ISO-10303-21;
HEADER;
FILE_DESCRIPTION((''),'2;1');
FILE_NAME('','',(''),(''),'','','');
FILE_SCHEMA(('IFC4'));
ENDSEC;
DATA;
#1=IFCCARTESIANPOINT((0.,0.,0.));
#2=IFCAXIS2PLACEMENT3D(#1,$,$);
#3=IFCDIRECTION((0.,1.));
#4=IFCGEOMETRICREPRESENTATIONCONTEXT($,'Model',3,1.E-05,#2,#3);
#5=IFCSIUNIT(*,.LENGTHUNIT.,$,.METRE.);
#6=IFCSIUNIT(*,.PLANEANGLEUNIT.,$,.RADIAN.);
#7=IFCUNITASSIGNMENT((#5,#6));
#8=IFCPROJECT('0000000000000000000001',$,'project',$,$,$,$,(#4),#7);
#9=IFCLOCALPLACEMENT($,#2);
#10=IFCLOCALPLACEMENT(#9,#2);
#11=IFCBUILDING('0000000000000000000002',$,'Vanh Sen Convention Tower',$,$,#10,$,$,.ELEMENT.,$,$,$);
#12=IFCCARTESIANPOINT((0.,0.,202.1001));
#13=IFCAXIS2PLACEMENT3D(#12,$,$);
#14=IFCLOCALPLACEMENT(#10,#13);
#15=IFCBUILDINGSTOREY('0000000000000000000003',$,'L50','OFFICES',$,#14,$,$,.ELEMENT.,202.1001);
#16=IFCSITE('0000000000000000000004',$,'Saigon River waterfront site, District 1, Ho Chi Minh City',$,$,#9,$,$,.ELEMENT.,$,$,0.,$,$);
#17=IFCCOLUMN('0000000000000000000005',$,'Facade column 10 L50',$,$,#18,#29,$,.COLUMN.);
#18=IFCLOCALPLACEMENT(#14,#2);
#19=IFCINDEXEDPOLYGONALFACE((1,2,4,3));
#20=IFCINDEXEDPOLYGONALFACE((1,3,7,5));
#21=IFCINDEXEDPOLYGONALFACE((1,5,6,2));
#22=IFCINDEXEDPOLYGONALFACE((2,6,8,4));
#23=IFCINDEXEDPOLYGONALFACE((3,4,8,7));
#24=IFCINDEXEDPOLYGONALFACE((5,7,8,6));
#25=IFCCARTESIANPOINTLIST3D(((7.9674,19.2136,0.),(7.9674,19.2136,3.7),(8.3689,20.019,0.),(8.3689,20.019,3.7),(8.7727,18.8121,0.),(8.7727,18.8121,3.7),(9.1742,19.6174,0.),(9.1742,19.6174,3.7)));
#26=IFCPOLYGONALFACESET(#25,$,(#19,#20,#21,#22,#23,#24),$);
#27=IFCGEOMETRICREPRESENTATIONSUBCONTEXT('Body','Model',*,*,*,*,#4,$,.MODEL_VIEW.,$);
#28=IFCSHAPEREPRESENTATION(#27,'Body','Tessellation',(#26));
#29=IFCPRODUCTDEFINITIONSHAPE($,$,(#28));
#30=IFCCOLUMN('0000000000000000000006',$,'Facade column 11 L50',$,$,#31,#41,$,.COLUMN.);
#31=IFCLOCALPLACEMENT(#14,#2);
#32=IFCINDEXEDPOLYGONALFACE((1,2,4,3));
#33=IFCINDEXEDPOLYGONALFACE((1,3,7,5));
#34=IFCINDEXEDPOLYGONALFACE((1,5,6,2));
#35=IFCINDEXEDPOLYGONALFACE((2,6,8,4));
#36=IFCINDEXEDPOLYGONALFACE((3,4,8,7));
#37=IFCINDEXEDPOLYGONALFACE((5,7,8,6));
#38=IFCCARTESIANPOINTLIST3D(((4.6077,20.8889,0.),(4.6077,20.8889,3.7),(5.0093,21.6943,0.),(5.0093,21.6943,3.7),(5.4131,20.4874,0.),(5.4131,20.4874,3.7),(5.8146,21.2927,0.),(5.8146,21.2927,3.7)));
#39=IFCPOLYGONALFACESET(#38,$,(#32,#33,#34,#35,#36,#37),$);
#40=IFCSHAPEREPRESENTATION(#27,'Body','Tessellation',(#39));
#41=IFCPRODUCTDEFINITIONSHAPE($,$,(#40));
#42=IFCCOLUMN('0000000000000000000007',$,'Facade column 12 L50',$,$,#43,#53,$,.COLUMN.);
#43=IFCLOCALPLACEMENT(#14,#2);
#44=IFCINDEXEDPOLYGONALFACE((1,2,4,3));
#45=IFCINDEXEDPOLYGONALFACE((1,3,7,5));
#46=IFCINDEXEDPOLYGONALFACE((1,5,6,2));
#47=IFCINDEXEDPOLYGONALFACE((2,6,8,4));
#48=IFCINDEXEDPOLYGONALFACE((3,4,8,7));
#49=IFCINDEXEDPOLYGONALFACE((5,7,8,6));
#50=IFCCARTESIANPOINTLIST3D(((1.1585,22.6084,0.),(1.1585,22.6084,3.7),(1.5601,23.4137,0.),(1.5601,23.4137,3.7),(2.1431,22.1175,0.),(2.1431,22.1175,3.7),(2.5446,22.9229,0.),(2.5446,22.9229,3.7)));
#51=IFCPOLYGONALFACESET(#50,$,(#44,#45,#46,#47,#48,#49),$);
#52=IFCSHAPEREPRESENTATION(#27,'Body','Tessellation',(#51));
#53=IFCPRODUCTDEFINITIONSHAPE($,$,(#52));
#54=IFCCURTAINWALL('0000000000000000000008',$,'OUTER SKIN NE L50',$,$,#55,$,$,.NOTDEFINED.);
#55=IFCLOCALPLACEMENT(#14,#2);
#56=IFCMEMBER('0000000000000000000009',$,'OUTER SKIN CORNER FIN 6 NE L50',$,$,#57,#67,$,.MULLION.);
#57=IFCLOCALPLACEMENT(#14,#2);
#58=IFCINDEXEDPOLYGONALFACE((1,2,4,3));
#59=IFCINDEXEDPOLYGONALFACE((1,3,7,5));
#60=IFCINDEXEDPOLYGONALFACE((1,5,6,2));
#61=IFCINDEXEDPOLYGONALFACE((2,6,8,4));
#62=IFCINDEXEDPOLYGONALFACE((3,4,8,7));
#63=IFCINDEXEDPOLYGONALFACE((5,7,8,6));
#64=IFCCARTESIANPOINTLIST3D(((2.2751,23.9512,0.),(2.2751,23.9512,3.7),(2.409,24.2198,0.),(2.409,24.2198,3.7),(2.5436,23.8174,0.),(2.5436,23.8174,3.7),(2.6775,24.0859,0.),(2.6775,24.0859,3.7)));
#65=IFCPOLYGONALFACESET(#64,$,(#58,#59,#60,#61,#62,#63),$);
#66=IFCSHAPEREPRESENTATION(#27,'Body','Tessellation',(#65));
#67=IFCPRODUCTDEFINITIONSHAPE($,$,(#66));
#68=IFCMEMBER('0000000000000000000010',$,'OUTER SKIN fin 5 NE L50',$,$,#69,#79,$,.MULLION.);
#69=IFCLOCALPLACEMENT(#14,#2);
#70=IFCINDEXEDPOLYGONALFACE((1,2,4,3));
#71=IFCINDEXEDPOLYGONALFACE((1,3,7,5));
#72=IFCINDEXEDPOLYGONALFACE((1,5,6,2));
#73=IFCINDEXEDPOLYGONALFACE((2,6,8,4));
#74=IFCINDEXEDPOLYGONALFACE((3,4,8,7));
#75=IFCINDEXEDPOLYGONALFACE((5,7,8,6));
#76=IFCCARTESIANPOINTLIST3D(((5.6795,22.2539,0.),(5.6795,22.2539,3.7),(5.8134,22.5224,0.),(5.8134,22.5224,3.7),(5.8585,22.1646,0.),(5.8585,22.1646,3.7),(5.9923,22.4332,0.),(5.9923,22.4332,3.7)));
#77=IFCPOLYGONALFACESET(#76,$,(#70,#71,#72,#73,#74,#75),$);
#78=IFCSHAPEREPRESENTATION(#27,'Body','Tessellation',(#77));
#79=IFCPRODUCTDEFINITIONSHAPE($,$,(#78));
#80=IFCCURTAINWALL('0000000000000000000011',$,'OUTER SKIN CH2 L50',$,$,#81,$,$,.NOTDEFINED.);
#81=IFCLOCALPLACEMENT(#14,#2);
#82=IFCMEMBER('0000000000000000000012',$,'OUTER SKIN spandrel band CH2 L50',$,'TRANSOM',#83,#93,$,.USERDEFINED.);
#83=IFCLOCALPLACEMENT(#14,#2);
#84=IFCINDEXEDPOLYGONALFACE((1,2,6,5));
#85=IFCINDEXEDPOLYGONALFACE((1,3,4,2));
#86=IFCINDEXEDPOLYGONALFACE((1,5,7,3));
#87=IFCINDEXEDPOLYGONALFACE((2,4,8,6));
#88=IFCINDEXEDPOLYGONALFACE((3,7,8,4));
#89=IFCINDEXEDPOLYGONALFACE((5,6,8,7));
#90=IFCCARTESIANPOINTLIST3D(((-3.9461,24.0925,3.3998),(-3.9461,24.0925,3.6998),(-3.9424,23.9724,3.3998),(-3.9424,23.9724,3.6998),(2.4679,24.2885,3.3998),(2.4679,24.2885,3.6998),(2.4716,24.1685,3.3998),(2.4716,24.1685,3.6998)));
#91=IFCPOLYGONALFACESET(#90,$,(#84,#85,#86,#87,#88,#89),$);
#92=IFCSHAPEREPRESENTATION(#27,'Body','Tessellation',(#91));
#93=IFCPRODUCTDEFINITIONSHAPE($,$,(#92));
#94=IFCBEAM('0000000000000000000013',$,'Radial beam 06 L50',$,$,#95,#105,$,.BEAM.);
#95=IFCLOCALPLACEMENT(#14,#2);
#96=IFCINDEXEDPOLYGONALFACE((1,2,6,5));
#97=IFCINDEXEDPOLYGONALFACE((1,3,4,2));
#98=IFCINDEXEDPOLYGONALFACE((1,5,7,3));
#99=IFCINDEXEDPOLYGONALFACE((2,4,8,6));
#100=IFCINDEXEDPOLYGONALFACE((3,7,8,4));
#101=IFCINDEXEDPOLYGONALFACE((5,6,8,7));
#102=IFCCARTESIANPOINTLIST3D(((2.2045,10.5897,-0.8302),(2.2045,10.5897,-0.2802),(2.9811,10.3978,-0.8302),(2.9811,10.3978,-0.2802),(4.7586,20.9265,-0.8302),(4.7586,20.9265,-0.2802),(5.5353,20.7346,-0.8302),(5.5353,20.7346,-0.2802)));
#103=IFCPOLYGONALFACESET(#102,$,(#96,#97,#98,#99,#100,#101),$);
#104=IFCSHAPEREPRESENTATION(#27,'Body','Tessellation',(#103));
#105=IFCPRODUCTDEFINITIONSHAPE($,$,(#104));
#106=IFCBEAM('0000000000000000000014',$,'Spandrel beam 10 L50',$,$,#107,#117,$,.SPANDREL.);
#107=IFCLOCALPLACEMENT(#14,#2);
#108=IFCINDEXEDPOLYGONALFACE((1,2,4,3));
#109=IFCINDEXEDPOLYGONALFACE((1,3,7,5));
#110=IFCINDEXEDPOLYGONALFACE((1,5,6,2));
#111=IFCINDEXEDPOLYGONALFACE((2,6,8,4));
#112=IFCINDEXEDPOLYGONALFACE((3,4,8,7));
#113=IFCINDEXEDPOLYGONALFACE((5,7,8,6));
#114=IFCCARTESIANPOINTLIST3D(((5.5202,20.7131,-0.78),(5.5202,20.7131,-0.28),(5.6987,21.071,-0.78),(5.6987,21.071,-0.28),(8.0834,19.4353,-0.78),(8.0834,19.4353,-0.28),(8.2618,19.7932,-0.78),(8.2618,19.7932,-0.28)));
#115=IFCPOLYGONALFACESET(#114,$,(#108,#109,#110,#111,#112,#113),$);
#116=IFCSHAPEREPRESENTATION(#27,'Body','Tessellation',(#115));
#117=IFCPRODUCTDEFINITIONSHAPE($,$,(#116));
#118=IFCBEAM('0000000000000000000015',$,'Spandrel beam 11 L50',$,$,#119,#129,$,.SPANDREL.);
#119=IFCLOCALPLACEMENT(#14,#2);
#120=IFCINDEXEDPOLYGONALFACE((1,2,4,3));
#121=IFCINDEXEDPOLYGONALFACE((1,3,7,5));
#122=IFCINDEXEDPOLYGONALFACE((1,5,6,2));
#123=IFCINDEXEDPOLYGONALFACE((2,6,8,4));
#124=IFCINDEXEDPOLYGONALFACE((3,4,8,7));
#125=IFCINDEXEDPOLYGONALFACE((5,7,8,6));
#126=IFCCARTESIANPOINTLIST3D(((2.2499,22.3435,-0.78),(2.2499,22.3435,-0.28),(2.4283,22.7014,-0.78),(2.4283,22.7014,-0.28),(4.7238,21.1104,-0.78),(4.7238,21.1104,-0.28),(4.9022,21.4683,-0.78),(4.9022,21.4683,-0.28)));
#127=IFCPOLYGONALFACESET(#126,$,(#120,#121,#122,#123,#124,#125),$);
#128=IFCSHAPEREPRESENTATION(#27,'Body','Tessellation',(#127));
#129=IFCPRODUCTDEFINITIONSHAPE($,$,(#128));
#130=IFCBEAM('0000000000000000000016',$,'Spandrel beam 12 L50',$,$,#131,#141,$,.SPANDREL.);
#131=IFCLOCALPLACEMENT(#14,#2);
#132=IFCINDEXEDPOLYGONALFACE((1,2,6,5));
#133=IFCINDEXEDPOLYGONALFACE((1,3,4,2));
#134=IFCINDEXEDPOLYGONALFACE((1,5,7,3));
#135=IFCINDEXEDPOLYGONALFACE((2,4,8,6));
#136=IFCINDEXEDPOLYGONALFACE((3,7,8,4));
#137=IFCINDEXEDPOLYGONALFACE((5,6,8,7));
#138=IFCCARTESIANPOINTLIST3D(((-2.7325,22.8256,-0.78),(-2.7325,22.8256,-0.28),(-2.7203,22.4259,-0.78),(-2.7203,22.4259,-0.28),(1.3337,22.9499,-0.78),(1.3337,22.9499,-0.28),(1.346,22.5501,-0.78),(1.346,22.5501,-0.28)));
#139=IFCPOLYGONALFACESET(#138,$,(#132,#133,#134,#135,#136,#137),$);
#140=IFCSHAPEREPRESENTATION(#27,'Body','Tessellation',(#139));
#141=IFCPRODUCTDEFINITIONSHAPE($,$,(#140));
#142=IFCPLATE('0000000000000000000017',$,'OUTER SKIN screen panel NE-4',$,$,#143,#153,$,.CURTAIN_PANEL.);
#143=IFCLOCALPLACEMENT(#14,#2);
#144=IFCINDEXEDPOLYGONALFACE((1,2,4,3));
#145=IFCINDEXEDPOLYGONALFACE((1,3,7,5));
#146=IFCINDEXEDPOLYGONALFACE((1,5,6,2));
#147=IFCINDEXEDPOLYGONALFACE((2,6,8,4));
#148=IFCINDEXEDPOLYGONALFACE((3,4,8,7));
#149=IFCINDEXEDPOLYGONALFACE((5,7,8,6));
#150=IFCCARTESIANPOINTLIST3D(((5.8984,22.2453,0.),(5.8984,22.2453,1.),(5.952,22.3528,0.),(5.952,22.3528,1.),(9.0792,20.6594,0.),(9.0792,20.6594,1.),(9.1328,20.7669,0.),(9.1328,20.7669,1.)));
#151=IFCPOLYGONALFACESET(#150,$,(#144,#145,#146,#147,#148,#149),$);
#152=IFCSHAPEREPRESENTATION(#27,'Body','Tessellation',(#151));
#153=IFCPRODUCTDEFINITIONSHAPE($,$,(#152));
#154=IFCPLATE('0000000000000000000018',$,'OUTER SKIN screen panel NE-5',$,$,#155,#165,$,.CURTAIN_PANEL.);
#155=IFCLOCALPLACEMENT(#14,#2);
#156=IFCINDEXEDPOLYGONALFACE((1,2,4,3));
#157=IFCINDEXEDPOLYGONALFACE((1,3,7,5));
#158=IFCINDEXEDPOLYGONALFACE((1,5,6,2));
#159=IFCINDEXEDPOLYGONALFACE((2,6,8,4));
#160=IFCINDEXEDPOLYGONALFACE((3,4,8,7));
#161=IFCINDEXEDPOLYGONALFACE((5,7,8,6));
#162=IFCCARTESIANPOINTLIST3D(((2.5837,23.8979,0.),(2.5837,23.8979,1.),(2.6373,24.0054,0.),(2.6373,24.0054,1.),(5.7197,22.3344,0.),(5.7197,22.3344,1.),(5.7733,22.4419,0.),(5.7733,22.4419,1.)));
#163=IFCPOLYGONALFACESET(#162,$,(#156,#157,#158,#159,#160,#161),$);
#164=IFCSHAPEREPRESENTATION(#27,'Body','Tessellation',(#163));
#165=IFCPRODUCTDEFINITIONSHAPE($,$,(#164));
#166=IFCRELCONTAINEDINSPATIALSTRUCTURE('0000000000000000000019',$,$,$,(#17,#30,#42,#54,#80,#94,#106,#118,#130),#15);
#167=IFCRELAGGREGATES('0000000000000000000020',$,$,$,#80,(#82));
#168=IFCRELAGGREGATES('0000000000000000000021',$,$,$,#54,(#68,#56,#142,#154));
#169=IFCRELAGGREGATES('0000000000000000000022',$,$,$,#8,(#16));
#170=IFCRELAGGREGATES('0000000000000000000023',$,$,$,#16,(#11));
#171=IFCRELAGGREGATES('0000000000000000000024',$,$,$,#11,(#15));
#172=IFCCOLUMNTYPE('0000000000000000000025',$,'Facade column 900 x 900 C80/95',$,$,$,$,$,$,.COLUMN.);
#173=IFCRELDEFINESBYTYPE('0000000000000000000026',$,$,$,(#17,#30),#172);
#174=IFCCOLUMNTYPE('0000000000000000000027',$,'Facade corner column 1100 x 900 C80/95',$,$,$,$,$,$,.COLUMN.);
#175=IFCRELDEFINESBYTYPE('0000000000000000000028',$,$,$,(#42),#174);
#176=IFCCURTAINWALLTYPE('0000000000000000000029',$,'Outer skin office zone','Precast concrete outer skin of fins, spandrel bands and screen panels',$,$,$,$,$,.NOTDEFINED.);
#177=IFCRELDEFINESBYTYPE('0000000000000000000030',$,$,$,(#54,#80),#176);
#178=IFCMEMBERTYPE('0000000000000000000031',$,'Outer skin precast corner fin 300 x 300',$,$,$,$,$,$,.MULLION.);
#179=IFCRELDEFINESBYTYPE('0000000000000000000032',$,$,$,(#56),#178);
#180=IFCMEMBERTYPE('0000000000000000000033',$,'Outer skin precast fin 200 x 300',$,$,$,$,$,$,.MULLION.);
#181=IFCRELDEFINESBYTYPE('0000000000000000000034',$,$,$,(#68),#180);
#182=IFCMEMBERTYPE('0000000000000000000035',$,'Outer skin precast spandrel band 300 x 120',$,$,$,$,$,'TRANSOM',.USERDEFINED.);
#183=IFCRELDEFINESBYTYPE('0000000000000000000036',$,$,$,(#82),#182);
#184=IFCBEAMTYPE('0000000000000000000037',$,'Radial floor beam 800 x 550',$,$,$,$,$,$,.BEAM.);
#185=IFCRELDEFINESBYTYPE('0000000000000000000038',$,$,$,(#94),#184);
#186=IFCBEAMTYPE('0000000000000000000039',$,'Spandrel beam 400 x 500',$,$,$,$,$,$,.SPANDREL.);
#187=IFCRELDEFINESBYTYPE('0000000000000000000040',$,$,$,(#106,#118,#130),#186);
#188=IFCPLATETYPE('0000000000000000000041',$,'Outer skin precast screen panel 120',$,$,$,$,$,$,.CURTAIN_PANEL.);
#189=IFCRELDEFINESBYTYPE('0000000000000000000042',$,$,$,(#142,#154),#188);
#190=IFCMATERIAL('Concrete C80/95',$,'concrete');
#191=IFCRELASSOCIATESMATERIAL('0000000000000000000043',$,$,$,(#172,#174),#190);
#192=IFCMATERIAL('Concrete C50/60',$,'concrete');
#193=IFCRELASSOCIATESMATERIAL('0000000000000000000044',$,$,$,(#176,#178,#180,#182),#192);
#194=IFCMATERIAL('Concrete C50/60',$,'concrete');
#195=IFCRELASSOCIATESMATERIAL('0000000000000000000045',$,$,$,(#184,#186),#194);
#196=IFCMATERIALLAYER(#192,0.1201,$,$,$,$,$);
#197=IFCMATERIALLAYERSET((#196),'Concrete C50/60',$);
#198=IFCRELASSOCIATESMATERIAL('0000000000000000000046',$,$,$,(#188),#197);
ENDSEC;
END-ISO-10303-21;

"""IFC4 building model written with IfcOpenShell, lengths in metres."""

from ifc_helpers import new_model, si_unit, direction, frame, origin, origin_2d, place, context, subcontext, project, spatial, rectangle, extrude, material, layer, layer_set, material_profile, profile_set, type_object, element, aggregate, save


model = new_model("IFC4")

# Units and contexts
model_context = context("Model", 3, precision=1e-05, world=origin(), true_north=direction((0.0, 1.0)))
body_context = subcontext(model_context, "Body", "Model", "MODEL_VIEW")
ifc_project = project(units=[si_unit("LENGTHUNIT", "METRE"), si_unit("PLANEANGLEUNIT", "RADIAN")], contexts=[model_context])

# Site, building, storey
site_placement = place(None, origin())
site = spatial("IfcSite", under=ifc_project, at=site_placement, Name="Saigon River waterfront site, District 1, Ho Chi Minh City", CompositionType="ELEMENT", RefElevation=0.0)
building_placement = place(site_placement, origin())
building = spatial("IfcBuilding", under=site, at=building_placement, Name="Vanh Sen Convention Tower", CompositionType="ELEMENT")
storey_placement = place(building_placement, frame((0.0, 0.0, 202.1001)))
storey = spatial("IfcBuildingStorey", under=building, at=storey_placement, Name="L50", Description="OFFICES", CompositionType="ELEMENT", Elevation=202.1001)

# Columns
ifc_material_1 = material(Name="Concrete C80/95", Category="concrete")
ifc_material_profile_1 = material_profile(ifc_material_1, rectangle(XDim=0.8999, YDim=0.8999, at=origin_2d()), Name="RC 900X900")
ifc_profile_set_1 = profile_set([ifc_material_profile_1], Name="Concrete C80/95")
column_type_1 = type_object("IfcColumnType", Name="Facade column 900 x 900 C80/95", PredefinedType="COLUMN", material=ifc_profile_set_1)
for number, where, z_axis, x_axis, name in (
    (1, (8.5708, 19.4155, 0.0), (0.0, 0.0, 1.0), (-0.894934, 0.446198, 0.0), "Facade column 10 L50"),
    (2, (5.2112, 21.0908, 0.0), (0.0, 0.0, 1.0), (-0.894934, 0.446198, 0.0), "Facade column 11 L50"),
):
    element("IfcColumn", number, at=place(storey_placement, frame(where, z_axis=z_axis, x_axis=x_axis)), inside=storey, type_object=column_type_1, Name=name, PredefinedType="COLUMN", context=body_context, shape_type="SweptSolid", body=[
        extrude(rectangle(XDim=0.8999, YDim=0.8999, at=origin_2d()), origin(), (0.0, 0.0, 1.0), 3.7),
    ])
ifc_material_profile_2 = material_profile(ifc_material_1, rectangle(XDim=1.1001, YDim=0.8999, at=origin_2d()), Name="RC 1100X900")
ifc_profile_set_2 = profile_set([ifc_material_profile_2], Name="Concrete C80/95")
column_type_2 = type_object("IfcColumnType", Name="Facade corner column 1100 x 900 C80/95", PredefinedType="COLUMN", material=ifc_profile_set_2)
column_placement = place(storey_placement, frame((1.8516, 22.7656, 0.0), z_axis=(0.0, 0.0, 1.0), x_axis=(-0.894934, 0.446198, 0.0)))
element("IfcColumn", 3, at=column_placement, inside=storey, type_object=column_type_2, Name="Facade column 12 L50", PredefinedType="COLUMN", context=body_context, shape_type="SweptSolid", body=[
    extrude(rectangle(XDim=1.1001, YDim=0.8999, at=origin_2d()), origin(), (0.0, 0.0, 1.0), 3.7),
])

# Curtain wall, members
ifc_material_2 = material(Name="Concrete C50/60", Category="concrete")
curtain_wall_type = type_object("IfcCurtainWallType", Name="Outer skin office zone", Description="Precast concrete outer skin of fins, spandrel bands and screen panels", PredefinedType="NOTDEFINED", material=ifc_material_2)
curtain_wall_1_placement = place(storey_placement, origin())
curtain_wall_1 = element("IfcCurtainWall", 4, at=curtain_wall_1_placement, inside=storey, type_object=curtain_wall_type, Name="OUTER SKIN NE L50", PredefinedType="NOTDEFINED")
ifc_material_profile_3 = material_profile(ifc_material_2, rectangle(XDim=0.3, YDim=0.3, at=origin_2d()), Name="Outer skin precast corner fin 300 x 300")
ifc_profile_set_3 = profile_set([ifc_material_profile_3], Name="Concrete C50/60")
member_type_1 = type_object("IfcMemberType", Name="Outer skin precast corner fin 300 x 300", PredefinedType="MULLION", material=ifc_profile_set_3)
member_1_placement = place(storey_placement, frame((2.4763, 24.0186, 0.0), z_axis=(0.0, 0.0, 1.0), x_axis=(-0.894934, 0.446198, 0.0)))
member_1 = element("IfcMember", 5, at=member_1_placement, type_object=member_type_1, Name="OUTER SKIN CORNER FIN 6 NE L50", PredefinedType="MULLION", context=body_context, shape_type="SweptSolid", body=[
    extrude(rectangle(XDim=0.3, YDim=0.3, at=origin_2d()), origin(), (0.0, 0.0, 1.0), 3.7),
])
ifc_material_profile_4 = material_profile(ifc_material_2, rectangle(XDim=0.2, YDim=0.3, at=origin_2d()), Name="Outer skin precast fin 200 x 300")
ifc_profile_set_4 = profile_set([ifc_material_profile_4], Name="Concrete C50/60")
member_type_2 = type_object("IfcMemberType", Name="Outer skin precast fin 200 x 300", PredefinedType="MULLION", material=ifc_profile_set_4)
member_2_placement = place(storey_placement, frame((5.8359, 22.3435, 0.0), z_axis=(0.0, 0.0, 1.0), x_axis=(-0.894934, 0.446198, 0.0)))
member_2 = element("IfcMember", 6, at=member_2_placement, type_object=member_type_2, Name="OUTER SKIN fin 5 NE L50", PredefinedType="MULLION", context=body_context, shape_type="SweptSolid", body=[
    extrude(rectangle(XDim=0.2, YDim=0.3, at=origin_2d()), origin(), (0.0, 0.0, 1.0), 3.7),
])

# Curtain wall, member
curtain_wall_2_placement = place(storey_placement, origin())
curtain_wall_2 = element("IfcCurtainWall", 7, at=curtain_wall_2_placement, inside=storey, type_object=curtain_wall_type, Name="OUTER SKIN CH2 L50", PredefinedType="NOTDEFINED")
ifc_material_profile_5 = material_profile(ifc_material_2, rectangle(XDim=0.1201, YDim=0.3, at=origin_2d()), Name="Outer skin precast spandrel band 300 x 120")
ifc_profile_set_5 = profile_set([ifc_material_profile_5], Name="Concrete C50/60")
member_type_3 = type_object("IfcMemberType", Name="Outer skin precast spandrel band 300 x 120", ElementType="TRANSOM", PredefinedType="USERDEFINED", material=ifc_profile_set_5)
member_3_placement = place(storey_placement, frame((2.4697, 24.2285, 3.5498), z_axis=(-0.999533, -0.030551, 0.0), x_axis=(0.030551, -0.999533, 0.0)))
member_3 = element("IfcMember", 8, at=member_3_placement, type_object=member_type_3, Name="OUTER SKIN spandrel band CH2 L50", ObjectType="TRANSOM", PredefinedType="USERDEFINED", context=body_context, shape_type="SweptSolid", body=[
    extrude(rectangle(XDim=0.1201, YDim=0.3, at=origin_2d()), origin(), (0.0, 0.0, 1.0), 6.417),
])
aggregate(curtain_wall_2, [member_3])

# Beams
ifc_material_3 = material(Name="Concrete C50/60", Category="concrete")
ifc_material_profile_6 = material_profile(ifc_material_3, rectangle(XDim=0.8, YDim=0.55, at=origin_2d()), Name="RC 800X550")
ifc_profile_set_6 = profile_set([ifc_material_profile_6], Name="Concrete C50/60")
beam_type_1 = type_object("IfcBeamType", Name="Radial floor beam 800 x 550", PredefinedType="BEAM", material=ifc_profile_set_6)
beam_1_placement = place(storey_placement, frame((5.147, 20.8306, -0.5552), z_axis=(-0.23988, -0.970802, 0.0), x_axis=(0.970802, -0.23988, 0.0)))
element("IfcBeam", 9, at=beam_1_placement, inside=storey, type_object=beam_type_1, Name="Radial beam 06 L50", PredefinedType="BEAM", context=body_context, shape_type="SweptSolid", body=[
    extrude(rectangle(XDim=0.8, YDim=0.55, at=origin_2d()), origin(), (0.0, 0.0, 1.0), 10.6477),
])
ifc_material_profile_7 = material_profile(ifc_material_3, rectangle(XDim=0.3999, YDim=0.5, at=origin_2d()), Name="RC 400X500")
ifc_profile_set_7 = profile_set([ifc_material_profile_7], Name="Concrete C50/60")
beam_type_2 = type_object("IfcBeamType", Name="Spandrel beam 400 x 500", PredefinedType="SPANDREL", material=ifc_profile_set_7)
beam_2_placement = place(storey_placement, frame((8.1726, 19.6143, -0.53), z_axis=(-0.894955, 0.446156, 0.0), x_axis=(-0.446156, -0.894955, 0.0)))
element("IfcBeam", 10, at=beam_2_placement, inside=storey, type_object=beam_type_2, Name="Spandrel beam 10 L50", PredefinedType="SPANDREL", context=body_context, shape_type="SweptSolid", body=[
    extrude(rectangle(XDim=0.3999, YDim=0.5, at=origin_2d()), origin(), (0.0, 0.0, 1.0), 2.864),
])
beam_3_placement = place(storey_placement, frame((4.813, 21.2893, -0.53), z_axis=(-0.894974, 0.446118, 0.0), x_axis=(-0.446118, -0.894974, 0.0)))
element("IfcBeam", 11, at=beam_3_placement, inside=storey, type_object=beam_type_2, Name="Spandrel beam 11 L50", PredefinedType="SPANDREL", context=body_context, shape_type="SweptSolid", body=[
    extrude(rectangle(XDim=0.3999, YDim=0.5, at=origin_2d()), origin(), (0.0, 0.0, 1.0), 2.7642),
])
beam_4_placement = place(storey_placement, frame((1.3398, 22.75, -0.53), z_axis=(-0.999533, -0.030547, 0.0), x_axis=(0.030547, -0.999533, 0.0)))
element("IfcBeam", 12, at=beam_4_placement, inside=storey, type_object=beam_type_2, Name="Spandrel beam 12 L50", PredefinedType="SPANDREL", context=body_context, shape_type="SweptSolid", body=[
    extrude(rectangle(XDim=0.3999, YDim=0.5, at=origin_2d()), origin(), (0.0, 0.0, 1.0), 4.0681),
])

# Plates
ifc_layer_1 = layer(ifc_material_2, 0.1201)
ifc_layer_set_1 = layer_set([ifc_layer_1], Name="Concrete C50/60")
plate_type = type_object("IfcPlateType", Name="Outer skin precast screen panel 120", PredefinedType="CURTAIN_PANEL", material=ifc_layer_set_1)
plate_1_placement = place(storey_placement, frame((7.5156, 21.5061, 0.0), z_axis=(0.0, 0.0, 1.0), x_axis=(-0.894933, 0.446201, 0.0)))
plate_1 = element("IfcPlate", 13, at=plate_1_placement, type_object=plate_type, Name="OUTER SKIN screen panel NE-4", PredefinedType="CURTAIN_PANEL", context=body_context, shape_type="SweptSolid", body=[
    extrude(rectangle(XDim=3.5542, YDim=0.1201, at=origin_2d()), origin(), (0.0, 0.0, 1.0), 1.0),
])
plate_2_placement = place(storey_placement, frame((4.1785, 23.1699, 0.0), z_axis=(0.0, 0.0, 1.0), x_axis=(-0.894944, 0.446179, 0.0)))
plate_2 = element("IfcPlate", 14, at=plate_2_placement, type_object=plate_type, Name="OUTER SKIN screen panel NE-5", PredefinedType="CURTAIN_PANEL", context=body_context, shape_type="SweptSolid", body=[
    extrude(rectangle(XDim=3.5042, YDim=0.1201, at=origin_2d()), origin(), (0.0, 0.0, 1.0), 1.0),
])
aggregate(curtain_wall_1, [member_2, member_1, plate_1, plate_2])

save(model, "model.ifc")
